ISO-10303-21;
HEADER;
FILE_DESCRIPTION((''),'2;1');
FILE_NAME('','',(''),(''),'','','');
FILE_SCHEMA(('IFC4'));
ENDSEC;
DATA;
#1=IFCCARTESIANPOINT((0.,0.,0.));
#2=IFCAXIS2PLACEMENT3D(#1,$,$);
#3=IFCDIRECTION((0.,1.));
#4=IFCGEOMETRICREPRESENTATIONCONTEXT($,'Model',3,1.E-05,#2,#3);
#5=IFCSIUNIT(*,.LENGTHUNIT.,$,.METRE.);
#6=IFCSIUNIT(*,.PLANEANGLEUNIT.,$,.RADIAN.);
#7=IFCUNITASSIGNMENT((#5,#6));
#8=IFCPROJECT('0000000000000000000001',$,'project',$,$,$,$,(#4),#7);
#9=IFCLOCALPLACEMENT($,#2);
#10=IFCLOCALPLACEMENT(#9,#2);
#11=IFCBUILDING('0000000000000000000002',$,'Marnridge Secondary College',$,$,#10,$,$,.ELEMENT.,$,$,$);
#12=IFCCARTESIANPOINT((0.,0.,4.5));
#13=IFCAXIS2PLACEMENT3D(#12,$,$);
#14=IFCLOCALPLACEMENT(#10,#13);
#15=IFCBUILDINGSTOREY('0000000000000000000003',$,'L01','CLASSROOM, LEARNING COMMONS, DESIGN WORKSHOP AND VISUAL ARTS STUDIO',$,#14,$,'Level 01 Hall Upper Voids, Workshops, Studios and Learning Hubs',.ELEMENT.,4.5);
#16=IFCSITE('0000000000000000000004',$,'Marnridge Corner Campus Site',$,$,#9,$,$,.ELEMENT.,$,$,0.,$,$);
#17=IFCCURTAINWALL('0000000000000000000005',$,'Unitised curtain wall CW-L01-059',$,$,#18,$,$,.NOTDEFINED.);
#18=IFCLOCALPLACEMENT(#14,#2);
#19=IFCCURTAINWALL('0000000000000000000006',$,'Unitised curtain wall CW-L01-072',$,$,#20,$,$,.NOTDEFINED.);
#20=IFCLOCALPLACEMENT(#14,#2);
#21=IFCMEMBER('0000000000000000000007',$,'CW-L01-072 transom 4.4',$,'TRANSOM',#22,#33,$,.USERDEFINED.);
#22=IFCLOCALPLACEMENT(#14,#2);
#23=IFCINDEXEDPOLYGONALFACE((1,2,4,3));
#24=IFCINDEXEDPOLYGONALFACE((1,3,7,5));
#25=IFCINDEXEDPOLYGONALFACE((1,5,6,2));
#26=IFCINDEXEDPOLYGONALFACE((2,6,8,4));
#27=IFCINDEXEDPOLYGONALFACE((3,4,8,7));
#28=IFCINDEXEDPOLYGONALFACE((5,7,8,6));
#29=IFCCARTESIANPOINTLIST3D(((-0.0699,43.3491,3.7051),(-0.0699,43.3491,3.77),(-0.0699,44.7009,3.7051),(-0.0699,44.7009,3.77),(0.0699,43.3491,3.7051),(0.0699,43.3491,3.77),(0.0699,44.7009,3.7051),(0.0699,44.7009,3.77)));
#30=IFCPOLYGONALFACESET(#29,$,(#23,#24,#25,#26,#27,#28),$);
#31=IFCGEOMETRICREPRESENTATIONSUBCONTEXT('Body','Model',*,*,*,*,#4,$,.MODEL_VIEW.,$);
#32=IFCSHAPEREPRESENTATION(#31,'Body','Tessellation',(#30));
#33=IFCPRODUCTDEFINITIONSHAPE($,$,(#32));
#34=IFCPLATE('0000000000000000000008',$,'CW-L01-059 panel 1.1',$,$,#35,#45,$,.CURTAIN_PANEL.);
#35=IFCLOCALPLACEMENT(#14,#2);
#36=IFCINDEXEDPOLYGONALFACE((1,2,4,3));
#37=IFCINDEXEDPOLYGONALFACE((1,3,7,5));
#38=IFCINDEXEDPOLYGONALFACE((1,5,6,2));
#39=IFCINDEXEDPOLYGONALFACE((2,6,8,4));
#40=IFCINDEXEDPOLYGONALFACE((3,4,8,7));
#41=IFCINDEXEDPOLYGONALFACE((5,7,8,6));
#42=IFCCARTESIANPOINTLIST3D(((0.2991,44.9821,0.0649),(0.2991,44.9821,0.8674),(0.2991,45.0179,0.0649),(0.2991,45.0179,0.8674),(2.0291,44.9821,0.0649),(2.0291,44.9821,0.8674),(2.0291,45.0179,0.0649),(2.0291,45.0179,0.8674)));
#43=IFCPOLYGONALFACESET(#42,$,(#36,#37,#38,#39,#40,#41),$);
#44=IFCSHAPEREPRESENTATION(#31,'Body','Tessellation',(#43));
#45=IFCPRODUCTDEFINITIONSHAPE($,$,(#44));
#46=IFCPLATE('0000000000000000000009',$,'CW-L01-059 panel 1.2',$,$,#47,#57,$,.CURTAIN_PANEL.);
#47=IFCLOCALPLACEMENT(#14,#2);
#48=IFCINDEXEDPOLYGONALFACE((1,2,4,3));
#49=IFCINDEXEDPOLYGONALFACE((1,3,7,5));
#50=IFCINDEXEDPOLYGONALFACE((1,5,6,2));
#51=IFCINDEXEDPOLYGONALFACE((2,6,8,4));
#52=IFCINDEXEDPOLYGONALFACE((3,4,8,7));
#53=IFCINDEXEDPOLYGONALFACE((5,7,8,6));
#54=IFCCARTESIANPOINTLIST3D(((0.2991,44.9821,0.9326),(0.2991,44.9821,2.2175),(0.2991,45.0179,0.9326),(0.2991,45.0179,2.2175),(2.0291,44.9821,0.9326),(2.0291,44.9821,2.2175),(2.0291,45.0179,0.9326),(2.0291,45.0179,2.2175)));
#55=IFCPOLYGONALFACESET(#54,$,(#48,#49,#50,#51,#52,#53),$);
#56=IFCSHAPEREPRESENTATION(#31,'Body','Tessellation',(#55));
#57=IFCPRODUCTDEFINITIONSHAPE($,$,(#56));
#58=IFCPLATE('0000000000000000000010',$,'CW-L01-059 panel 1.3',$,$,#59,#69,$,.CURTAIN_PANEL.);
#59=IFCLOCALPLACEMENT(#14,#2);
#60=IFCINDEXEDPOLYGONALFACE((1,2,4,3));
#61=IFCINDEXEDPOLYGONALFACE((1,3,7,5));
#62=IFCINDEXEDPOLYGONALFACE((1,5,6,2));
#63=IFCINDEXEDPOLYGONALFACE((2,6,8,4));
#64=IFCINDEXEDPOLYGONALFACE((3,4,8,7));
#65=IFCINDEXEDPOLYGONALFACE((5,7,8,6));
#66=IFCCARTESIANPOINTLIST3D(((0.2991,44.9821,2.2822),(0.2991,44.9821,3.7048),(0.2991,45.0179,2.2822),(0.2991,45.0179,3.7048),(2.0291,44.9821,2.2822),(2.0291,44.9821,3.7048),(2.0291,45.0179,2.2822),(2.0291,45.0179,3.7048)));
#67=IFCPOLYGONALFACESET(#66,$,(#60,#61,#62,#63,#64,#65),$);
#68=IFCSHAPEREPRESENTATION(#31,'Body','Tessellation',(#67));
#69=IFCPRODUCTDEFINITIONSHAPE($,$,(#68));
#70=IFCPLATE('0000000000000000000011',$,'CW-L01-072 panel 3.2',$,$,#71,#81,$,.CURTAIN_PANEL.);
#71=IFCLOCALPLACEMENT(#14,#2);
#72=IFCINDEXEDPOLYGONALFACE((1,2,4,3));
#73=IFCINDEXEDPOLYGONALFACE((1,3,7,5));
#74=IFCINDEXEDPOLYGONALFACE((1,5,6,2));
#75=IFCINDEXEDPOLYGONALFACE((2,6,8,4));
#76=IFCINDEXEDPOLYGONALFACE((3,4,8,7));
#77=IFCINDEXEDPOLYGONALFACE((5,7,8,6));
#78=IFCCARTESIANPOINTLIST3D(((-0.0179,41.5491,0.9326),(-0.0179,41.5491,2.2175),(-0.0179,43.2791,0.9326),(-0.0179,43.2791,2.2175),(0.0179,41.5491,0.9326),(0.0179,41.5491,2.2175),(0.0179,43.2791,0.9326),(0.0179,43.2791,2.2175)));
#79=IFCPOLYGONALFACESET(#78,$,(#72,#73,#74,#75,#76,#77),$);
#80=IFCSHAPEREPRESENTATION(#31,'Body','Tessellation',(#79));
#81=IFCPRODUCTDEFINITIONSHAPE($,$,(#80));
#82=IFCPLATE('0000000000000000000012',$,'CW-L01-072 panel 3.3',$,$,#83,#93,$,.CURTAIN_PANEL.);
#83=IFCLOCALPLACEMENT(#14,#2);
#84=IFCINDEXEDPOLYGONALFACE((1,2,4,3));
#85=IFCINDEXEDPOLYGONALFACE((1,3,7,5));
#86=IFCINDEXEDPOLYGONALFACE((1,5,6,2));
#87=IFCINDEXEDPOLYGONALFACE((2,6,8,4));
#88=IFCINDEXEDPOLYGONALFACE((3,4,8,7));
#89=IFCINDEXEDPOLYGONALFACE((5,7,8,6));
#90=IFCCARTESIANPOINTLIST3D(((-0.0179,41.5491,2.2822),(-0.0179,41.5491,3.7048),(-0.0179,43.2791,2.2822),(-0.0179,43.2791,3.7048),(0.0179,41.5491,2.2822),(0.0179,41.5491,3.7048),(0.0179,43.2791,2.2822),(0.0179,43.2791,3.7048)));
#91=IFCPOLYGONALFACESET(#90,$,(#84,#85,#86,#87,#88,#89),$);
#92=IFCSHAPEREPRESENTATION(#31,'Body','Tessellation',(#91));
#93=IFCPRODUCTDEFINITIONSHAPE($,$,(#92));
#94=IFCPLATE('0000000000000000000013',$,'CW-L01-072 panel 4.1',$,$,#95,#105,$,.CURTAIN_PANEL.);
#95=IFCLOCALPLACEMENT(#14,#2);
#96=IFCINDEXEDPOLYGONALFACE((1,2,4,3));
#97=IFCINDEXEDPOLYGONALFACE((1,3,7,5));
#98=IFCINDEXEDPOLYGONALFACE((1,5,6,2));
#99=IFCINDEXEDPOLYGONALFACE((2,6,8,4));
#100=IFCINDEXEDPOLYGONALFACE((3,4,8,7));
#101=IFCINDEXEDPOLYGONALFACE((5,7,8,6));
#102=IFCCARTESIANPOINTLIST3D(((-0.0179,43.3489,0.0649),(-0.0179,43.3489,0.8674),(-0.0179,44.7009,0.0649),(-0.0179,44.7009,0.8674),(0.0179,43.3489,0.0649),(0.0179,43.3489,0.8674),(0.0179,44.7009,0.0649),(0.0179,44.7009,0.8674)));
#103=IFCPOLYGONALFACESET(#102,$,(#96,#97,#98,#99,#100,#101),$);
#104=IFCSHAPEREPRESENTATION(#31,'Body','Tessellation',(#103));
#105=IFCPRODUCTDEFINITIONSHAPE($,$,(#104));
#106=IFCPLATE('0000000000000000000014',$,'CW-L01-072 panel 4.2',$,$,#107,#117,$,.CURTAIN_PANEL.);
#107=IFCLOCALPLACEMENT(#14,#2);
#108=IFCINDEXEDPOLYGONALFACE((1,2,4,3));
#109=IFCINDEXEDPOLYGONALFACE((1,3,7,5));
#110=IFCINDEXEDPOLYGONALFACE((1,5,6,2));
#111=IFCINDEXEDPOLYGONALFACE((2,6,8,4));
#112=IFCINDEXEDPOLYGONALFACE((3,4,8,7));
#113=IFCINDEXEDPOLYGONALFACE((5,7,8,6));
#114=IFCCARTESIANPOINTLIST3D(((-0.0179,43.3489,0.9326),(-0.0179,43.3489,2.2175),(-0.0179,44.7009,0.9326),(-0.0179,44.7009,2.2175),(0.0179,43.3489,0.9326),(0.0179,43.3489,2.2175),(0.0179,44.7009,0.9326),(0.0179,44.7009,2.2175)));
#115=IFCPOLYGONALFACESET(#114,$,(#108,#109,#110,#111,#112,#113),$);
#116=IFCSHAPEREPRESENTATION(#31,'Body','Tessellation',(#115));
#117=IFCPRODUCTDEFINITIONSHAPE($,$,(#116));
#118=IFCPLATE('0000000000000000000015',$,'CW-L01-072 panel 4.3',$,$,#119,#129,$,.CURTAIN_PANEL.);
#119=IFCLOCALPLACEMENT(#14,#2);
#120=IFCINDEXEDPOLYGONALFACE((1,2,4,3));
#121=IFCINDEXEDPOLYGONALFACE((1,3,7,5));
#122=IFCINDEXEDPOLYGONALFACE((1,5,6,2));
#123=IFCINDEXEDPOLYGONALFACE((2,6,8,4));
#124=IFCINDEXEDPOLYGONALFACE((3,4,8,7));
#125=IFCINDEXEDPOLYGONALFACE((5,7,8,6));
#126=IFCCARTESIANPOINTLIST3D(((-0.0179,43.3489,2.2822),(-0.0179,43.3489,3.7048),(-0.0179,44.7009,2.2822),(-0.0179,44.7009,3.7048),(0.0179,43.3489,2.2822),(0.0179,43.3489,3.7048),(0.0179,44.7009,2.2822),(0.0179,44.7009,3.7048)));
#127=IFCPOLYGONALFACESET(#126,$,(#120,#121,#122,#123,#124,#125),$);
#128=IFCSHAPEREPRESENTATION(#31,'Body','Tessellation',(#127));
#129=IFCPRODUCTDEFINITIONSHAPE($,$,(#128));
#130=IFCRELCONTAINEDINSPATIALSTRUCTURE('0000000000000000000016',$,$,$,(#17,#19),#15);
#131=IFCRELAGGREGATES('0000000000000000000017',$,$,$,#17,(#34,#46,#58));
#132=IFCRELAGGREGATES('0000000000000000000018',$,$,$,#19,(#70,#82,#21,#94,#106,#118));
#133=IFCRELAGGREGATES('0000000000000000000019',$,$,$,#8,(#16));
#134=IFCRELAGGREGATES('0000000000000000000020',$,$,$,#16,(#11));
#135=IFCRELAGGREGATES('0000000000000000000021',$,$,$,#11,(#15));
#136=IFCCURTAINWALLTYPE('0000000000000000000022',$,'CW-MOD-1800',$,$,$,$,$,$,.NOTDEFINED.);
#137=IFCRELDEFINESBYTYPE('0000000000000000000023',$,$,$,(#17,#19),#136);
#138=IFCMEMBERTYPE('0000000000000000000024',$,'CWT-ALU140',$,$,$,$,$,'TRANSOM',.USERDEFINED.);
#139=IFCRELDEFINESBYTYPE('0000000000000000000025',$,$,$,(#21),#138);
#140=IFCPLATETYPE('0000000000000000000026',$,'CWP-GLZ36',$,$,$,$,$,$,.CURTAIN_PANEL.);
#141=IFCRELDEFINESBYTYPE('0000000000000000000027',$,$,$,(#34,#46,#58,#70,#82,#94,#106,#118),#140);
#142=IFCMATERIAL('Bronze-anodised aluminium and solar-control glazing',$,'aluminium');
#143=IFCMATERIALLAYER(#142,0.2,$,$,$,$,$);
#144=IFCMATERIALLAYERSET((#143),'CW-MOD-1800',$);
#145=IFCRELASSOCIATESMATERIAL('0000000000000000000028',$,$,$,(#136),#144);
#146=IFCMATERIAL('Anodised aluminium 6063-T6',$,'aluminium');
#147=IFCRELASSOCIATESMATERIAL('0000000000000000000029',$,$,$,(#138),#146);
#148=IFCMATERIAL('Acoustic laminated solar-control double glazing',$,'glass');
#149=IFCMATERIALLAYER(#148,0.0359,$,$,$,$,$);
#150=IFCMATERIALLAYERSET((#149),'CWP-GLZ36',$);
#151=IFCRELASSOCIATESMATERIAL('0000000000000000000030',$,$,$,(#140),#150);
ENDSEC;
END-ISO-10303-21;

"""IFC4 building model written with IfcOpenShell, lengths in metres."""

from ifc_helpers import new_model, si_unit, direction, frame, origin, origin_2d, place, context, subcontext, project, spatial, rectangle, extrude, material, layer, layer_set, material_profile, profile_set, type_object, element, aggregate, save


model = new_model("IFC4")

# Units and contexts
model_context = context("Model", 3, precision=1e-05, world=origin(), true_north=direction((0.0, 1.0)))
body_context = subcontext(model_context, "Body", "Model", "MODEL_VIEW")
ifc_project = project(units=[si_unit("LENGTHUNIT", "METRE"), si_unit("PLANEANGLEUNIT", "RADIAN")], contexts=[model_context])

# Site, building, storey
site_placement = place(None, origin())
site = spatial("IfcSite", under=ifc_project, at=site_placement, Name="Marnridge Corner Campus Site", CompositionType="ELEMENT", RefElevation=0.0)
building_placement = place(site_placement, origin())
building = spatial("IfcBuilding", under=site, at=building_placement, Name="Marnridge Secondary College", CompositionType="ELEMENT")
storey_placement = place(building_placement, frame((0.0, 0.0, 4.5)))
storey = spatial("IfcBuildingStorey", under=building, at=storey_placement, Name="L01", Description="CLASSROOM, LEARNING COMMONS, DESIGN WORKSHOP AND VISUAL ARTS STUDIO", LongName="Level 01 Hall Upper Voids, Workshops, Studios and Learning Hubs", CompositionType="ELEMENT", Elevation=4.5)

# Curtain walls
ifc_material_1 = material(Name="Bronze-anodised aluminium and solar-control glazing", Category="aluminium")
ifc_layer_1 = layer(ifc_material_1, 0.2)
ifc_layer_set_1 = layer_set([ifc_layer_1], Name="CW-MOD-1800")
curtain_wall_type = type_object("IfcCurtainWallType", Name="CW-MOD-1800", PredefinedType="NOTDEFINED", material=ifc_layer_set_1)
curtain_wall_1_placement = place(storey_placement, origin())
curtain_wall_1 = element("IfcCurtainWall", 1, at=curtain_wall_1_placement, inside=storey, type_object=curtain_wall_type, Name="Unitised curtain wall CW-L01-059", PredefinedType="NOTDEFINED")
curtain_wall_2_placement = place(storey_placement, origin())
curtain_wall_2 = element("IfcCurtainWall", 2, at=curtain_wall_2_placement, inside=storey, type_object=curtain_wall_type, Name="Unitised curtain wall CW-L01-072", PredefinedType="NOTDEFINED")

# Member
ifc_material_2 = material(Name="Anodised aluminium 6063-T6", Category="aluminium")
ifc_material_profile_1 = material_profile(ifc_material_2, rectangle(XDim=0.0649, YDim=0.1399, at=origin_2d()), Name="ALU 65x140")
ifc_profile_set_1 = profile_set([ifc_material_profile_1], Name="Anodised aluminium 6063-T6")
member_type_1 = type_object("IfcMemberType", Name="CWT-ALU140", ElementType="TRANSOM", PredefinedType="USERDEFINED", material=ifc_profile_set_1)
member_1_placement = place(storey_placement, frame((0.0, 43.3491, 3.7375), z_axis=(0.0, 1.0, 0.0), x_axis=(0.0, 0.0, 1.0)))
member_1 = element("IfcMember", 3, at=member_1_placement, type_object=member_type_1, Name="CW-L01-072 transom 4.4", ObjectType="TRANSOM", PredefinedType="USERDEFINED", context=body_context, shape_type="SweptSolid", body=[
    extrude(rectangle(XDim=0.0649, YDim=0.1399, at=origin_2d()), origin(), (0.0, 0.0, 1.0), 1.3518),
])

# Plates
ifc_material_3 = material(Name="Acoustic laminated solar-control double glazing", Category="glass")
ifc_layer_2 = layer(ifc_material_3, 0.0359)
ifc_layer_set_2 = layer_set([ifc_layer_2], Name="CWP-GLZ36")
plate_type = type_object("IfcPlateType", Name="CWP-GLZ36", PredefinedType="CURTAIN_PANEL", material=ifc_layer_set_2)
plate_1_placement = place(storey_placement, frame((1.1641, 45.0, 0.0649), z_axis=(0.0, 0.0, 1.0), x_axis=(1.0, 0.0, 0.0)))
plate_1 = element("IfcPlate", 4, at=plate_1_placement, type_object=plate_type, Name="CW-L01-059 panel 1.1", PredefinedType="CURTAIN_PANEL", context=body_context, shape_type="SweptSolid", body=[
    extrude(rectangle(XDim=1.73, YDim=0.0359, at=origin_2d()), origin(), (0.0, 0.0, 1.0), 0.8025),
])
plate_2_placement = place(storey_placement, frame((1.1641, 45.0, 0.9326), z_axis=(0.0, 0.0, 1.0), x_axis=(1.0, 0.0, 0.0)))
plate_2 = element("IfcPlate", 5, at=plate_2_placement, type_object=plate_type, Name="CW-L01-059 panel 1.2", PredefinedType="CURTAIN_PANEL", context=body_context, shape_type="SweptSolid", body=[
    extrude(rectangle(XDim=1.73, YDim=0.0359, at=origin_2d()), origin(), (0.0, 0.0, 1.0), 1.2849),
])
plate_3_placement = place(storey_placement, frame((1.1641, 45.0, 2.2822), z_axis=(0.0, 0.0, 1.0), x_axis=(1.0, 0.0, 0.0)))
plate_3 = element("IfcPlate", 6, at=plate_3_placement, type_object=plate_type, Name="CW-L01-059 panel 1.3", PredefinedType="CURTAIN_PANEL", context=body_context, shape_type="SweptSolid", body=[
    extrude(rectangle(XDim=1.73, YDim=0.0359, at=origin_2d()), origin(), (0.0, 0.0, 1.0), 1.4226),
])
aggregate(curtain_wall_1, [plate_1, plate_2, plate_3])
plate_4_placement = place(storey_placement, frame((0.0, 42.4141, 0.9326), z_axis=(0.0, 0.0, 1.0), x_axis=(0.0, 1.0, 0.0)))
plate_4 = element("IfcPlate", 7, at=plate_4_placement, type_object=plate_type, Name="CW-L01-072 panel 3.2", PredefinedType="CURTAIN_PANEL", context=body_context, shape_type="SweptSolid", body=[
    extrude(rectangle(XDim=1.73, YDim=0.0359, at=origin_2d()), origin(), (0.0, 0.0, 1.0), 1.2849),
])
plate_5_placement = place(storey_placement, frame((0.0, 42.4141, 2.2822), z_axis=(0.0, 0.0, 1.0), x_axis=(0.0, 1.0, 0.0)))
plate_5 = element("IfcPlate", 8, at=plate_5_placement, type_object=plate_type, Name="CW-L01-072 panel 3.3", PredefinedType="CURTAIN_PANEL", context=body_context, shape_type="SweptSolid", body=[
    extrude(rectangle(XDim=1.73, YDim=0.0359, at=origin_2d()), origin(), (0.0, 0.0, 1.0), 1.4226),
])
plate_6_placement = place(storey_placement, frame((0.0, 44.0249, 0.0649), z_axis=(0.0, 0.0, 1.0), x_axis=(0.0, 1.0, 0.0)))
plate_6 = element("IfcPlate", 9, at=plate_6_placement, type_object=plate_type, Name="CW-L01-072 panel 4.1", PredefinedType="CURTAIN_PANEL", context=body_context, shape_type="SweptSolid", body=[
    extrude(rectangle(XDim=1.3521, YDim=0.0359, at=origin_2d()), origin(), (0.0, 0.0, 1.0), 0.8025),
])
plate_7_placement = place(storey_placement, frame((0.0, 44.0249, 0.9326), z_axis=(0.0, 0.0, 1.0), x_axis=(0.0, 1.0, 0.0)))
plate_7 = element("IfcPlate", 10, at=plate_7_placement, type_object=plate_type, Name="CW-L01-072 panel 4.2", PredefinedType="CURTAIN_PANEL", context=body_context, shape_type="SweptSolid", body=[
    extrude(rectangle(XDim=1.3521, YDim=0.0359, at=origin_2d()), origin(), (0.0, 0.0, 1.0), 1.2849),
])
plate_8_placement = place(storey_placement, frame((0.0, 44.0249, 2.2822), z_axis=(0.0, 0.0, 1.0), x_axis=(0.0, 1.0, 0.0)))
plate_8 = element("IfcPlate", 11, at=plate_8_placement, type_object=plate_type, Name="CW-L01-072 panel 4.3", PredefinedType="CURTAIN_PANEL", context=body_context, shape_type="SweptSolid", body=[
    extrude(rectangle(XDim=1.3521, YDim=0.0359, at=origin_2d()), origin(), (0.0, 0.0, 1.0), 1.4226),
])
aggregate(curtain_wall_2, [plate_4, plate_5, member_1, plate_6, plate_7, plate_8])

save(model, "model.ifc")
